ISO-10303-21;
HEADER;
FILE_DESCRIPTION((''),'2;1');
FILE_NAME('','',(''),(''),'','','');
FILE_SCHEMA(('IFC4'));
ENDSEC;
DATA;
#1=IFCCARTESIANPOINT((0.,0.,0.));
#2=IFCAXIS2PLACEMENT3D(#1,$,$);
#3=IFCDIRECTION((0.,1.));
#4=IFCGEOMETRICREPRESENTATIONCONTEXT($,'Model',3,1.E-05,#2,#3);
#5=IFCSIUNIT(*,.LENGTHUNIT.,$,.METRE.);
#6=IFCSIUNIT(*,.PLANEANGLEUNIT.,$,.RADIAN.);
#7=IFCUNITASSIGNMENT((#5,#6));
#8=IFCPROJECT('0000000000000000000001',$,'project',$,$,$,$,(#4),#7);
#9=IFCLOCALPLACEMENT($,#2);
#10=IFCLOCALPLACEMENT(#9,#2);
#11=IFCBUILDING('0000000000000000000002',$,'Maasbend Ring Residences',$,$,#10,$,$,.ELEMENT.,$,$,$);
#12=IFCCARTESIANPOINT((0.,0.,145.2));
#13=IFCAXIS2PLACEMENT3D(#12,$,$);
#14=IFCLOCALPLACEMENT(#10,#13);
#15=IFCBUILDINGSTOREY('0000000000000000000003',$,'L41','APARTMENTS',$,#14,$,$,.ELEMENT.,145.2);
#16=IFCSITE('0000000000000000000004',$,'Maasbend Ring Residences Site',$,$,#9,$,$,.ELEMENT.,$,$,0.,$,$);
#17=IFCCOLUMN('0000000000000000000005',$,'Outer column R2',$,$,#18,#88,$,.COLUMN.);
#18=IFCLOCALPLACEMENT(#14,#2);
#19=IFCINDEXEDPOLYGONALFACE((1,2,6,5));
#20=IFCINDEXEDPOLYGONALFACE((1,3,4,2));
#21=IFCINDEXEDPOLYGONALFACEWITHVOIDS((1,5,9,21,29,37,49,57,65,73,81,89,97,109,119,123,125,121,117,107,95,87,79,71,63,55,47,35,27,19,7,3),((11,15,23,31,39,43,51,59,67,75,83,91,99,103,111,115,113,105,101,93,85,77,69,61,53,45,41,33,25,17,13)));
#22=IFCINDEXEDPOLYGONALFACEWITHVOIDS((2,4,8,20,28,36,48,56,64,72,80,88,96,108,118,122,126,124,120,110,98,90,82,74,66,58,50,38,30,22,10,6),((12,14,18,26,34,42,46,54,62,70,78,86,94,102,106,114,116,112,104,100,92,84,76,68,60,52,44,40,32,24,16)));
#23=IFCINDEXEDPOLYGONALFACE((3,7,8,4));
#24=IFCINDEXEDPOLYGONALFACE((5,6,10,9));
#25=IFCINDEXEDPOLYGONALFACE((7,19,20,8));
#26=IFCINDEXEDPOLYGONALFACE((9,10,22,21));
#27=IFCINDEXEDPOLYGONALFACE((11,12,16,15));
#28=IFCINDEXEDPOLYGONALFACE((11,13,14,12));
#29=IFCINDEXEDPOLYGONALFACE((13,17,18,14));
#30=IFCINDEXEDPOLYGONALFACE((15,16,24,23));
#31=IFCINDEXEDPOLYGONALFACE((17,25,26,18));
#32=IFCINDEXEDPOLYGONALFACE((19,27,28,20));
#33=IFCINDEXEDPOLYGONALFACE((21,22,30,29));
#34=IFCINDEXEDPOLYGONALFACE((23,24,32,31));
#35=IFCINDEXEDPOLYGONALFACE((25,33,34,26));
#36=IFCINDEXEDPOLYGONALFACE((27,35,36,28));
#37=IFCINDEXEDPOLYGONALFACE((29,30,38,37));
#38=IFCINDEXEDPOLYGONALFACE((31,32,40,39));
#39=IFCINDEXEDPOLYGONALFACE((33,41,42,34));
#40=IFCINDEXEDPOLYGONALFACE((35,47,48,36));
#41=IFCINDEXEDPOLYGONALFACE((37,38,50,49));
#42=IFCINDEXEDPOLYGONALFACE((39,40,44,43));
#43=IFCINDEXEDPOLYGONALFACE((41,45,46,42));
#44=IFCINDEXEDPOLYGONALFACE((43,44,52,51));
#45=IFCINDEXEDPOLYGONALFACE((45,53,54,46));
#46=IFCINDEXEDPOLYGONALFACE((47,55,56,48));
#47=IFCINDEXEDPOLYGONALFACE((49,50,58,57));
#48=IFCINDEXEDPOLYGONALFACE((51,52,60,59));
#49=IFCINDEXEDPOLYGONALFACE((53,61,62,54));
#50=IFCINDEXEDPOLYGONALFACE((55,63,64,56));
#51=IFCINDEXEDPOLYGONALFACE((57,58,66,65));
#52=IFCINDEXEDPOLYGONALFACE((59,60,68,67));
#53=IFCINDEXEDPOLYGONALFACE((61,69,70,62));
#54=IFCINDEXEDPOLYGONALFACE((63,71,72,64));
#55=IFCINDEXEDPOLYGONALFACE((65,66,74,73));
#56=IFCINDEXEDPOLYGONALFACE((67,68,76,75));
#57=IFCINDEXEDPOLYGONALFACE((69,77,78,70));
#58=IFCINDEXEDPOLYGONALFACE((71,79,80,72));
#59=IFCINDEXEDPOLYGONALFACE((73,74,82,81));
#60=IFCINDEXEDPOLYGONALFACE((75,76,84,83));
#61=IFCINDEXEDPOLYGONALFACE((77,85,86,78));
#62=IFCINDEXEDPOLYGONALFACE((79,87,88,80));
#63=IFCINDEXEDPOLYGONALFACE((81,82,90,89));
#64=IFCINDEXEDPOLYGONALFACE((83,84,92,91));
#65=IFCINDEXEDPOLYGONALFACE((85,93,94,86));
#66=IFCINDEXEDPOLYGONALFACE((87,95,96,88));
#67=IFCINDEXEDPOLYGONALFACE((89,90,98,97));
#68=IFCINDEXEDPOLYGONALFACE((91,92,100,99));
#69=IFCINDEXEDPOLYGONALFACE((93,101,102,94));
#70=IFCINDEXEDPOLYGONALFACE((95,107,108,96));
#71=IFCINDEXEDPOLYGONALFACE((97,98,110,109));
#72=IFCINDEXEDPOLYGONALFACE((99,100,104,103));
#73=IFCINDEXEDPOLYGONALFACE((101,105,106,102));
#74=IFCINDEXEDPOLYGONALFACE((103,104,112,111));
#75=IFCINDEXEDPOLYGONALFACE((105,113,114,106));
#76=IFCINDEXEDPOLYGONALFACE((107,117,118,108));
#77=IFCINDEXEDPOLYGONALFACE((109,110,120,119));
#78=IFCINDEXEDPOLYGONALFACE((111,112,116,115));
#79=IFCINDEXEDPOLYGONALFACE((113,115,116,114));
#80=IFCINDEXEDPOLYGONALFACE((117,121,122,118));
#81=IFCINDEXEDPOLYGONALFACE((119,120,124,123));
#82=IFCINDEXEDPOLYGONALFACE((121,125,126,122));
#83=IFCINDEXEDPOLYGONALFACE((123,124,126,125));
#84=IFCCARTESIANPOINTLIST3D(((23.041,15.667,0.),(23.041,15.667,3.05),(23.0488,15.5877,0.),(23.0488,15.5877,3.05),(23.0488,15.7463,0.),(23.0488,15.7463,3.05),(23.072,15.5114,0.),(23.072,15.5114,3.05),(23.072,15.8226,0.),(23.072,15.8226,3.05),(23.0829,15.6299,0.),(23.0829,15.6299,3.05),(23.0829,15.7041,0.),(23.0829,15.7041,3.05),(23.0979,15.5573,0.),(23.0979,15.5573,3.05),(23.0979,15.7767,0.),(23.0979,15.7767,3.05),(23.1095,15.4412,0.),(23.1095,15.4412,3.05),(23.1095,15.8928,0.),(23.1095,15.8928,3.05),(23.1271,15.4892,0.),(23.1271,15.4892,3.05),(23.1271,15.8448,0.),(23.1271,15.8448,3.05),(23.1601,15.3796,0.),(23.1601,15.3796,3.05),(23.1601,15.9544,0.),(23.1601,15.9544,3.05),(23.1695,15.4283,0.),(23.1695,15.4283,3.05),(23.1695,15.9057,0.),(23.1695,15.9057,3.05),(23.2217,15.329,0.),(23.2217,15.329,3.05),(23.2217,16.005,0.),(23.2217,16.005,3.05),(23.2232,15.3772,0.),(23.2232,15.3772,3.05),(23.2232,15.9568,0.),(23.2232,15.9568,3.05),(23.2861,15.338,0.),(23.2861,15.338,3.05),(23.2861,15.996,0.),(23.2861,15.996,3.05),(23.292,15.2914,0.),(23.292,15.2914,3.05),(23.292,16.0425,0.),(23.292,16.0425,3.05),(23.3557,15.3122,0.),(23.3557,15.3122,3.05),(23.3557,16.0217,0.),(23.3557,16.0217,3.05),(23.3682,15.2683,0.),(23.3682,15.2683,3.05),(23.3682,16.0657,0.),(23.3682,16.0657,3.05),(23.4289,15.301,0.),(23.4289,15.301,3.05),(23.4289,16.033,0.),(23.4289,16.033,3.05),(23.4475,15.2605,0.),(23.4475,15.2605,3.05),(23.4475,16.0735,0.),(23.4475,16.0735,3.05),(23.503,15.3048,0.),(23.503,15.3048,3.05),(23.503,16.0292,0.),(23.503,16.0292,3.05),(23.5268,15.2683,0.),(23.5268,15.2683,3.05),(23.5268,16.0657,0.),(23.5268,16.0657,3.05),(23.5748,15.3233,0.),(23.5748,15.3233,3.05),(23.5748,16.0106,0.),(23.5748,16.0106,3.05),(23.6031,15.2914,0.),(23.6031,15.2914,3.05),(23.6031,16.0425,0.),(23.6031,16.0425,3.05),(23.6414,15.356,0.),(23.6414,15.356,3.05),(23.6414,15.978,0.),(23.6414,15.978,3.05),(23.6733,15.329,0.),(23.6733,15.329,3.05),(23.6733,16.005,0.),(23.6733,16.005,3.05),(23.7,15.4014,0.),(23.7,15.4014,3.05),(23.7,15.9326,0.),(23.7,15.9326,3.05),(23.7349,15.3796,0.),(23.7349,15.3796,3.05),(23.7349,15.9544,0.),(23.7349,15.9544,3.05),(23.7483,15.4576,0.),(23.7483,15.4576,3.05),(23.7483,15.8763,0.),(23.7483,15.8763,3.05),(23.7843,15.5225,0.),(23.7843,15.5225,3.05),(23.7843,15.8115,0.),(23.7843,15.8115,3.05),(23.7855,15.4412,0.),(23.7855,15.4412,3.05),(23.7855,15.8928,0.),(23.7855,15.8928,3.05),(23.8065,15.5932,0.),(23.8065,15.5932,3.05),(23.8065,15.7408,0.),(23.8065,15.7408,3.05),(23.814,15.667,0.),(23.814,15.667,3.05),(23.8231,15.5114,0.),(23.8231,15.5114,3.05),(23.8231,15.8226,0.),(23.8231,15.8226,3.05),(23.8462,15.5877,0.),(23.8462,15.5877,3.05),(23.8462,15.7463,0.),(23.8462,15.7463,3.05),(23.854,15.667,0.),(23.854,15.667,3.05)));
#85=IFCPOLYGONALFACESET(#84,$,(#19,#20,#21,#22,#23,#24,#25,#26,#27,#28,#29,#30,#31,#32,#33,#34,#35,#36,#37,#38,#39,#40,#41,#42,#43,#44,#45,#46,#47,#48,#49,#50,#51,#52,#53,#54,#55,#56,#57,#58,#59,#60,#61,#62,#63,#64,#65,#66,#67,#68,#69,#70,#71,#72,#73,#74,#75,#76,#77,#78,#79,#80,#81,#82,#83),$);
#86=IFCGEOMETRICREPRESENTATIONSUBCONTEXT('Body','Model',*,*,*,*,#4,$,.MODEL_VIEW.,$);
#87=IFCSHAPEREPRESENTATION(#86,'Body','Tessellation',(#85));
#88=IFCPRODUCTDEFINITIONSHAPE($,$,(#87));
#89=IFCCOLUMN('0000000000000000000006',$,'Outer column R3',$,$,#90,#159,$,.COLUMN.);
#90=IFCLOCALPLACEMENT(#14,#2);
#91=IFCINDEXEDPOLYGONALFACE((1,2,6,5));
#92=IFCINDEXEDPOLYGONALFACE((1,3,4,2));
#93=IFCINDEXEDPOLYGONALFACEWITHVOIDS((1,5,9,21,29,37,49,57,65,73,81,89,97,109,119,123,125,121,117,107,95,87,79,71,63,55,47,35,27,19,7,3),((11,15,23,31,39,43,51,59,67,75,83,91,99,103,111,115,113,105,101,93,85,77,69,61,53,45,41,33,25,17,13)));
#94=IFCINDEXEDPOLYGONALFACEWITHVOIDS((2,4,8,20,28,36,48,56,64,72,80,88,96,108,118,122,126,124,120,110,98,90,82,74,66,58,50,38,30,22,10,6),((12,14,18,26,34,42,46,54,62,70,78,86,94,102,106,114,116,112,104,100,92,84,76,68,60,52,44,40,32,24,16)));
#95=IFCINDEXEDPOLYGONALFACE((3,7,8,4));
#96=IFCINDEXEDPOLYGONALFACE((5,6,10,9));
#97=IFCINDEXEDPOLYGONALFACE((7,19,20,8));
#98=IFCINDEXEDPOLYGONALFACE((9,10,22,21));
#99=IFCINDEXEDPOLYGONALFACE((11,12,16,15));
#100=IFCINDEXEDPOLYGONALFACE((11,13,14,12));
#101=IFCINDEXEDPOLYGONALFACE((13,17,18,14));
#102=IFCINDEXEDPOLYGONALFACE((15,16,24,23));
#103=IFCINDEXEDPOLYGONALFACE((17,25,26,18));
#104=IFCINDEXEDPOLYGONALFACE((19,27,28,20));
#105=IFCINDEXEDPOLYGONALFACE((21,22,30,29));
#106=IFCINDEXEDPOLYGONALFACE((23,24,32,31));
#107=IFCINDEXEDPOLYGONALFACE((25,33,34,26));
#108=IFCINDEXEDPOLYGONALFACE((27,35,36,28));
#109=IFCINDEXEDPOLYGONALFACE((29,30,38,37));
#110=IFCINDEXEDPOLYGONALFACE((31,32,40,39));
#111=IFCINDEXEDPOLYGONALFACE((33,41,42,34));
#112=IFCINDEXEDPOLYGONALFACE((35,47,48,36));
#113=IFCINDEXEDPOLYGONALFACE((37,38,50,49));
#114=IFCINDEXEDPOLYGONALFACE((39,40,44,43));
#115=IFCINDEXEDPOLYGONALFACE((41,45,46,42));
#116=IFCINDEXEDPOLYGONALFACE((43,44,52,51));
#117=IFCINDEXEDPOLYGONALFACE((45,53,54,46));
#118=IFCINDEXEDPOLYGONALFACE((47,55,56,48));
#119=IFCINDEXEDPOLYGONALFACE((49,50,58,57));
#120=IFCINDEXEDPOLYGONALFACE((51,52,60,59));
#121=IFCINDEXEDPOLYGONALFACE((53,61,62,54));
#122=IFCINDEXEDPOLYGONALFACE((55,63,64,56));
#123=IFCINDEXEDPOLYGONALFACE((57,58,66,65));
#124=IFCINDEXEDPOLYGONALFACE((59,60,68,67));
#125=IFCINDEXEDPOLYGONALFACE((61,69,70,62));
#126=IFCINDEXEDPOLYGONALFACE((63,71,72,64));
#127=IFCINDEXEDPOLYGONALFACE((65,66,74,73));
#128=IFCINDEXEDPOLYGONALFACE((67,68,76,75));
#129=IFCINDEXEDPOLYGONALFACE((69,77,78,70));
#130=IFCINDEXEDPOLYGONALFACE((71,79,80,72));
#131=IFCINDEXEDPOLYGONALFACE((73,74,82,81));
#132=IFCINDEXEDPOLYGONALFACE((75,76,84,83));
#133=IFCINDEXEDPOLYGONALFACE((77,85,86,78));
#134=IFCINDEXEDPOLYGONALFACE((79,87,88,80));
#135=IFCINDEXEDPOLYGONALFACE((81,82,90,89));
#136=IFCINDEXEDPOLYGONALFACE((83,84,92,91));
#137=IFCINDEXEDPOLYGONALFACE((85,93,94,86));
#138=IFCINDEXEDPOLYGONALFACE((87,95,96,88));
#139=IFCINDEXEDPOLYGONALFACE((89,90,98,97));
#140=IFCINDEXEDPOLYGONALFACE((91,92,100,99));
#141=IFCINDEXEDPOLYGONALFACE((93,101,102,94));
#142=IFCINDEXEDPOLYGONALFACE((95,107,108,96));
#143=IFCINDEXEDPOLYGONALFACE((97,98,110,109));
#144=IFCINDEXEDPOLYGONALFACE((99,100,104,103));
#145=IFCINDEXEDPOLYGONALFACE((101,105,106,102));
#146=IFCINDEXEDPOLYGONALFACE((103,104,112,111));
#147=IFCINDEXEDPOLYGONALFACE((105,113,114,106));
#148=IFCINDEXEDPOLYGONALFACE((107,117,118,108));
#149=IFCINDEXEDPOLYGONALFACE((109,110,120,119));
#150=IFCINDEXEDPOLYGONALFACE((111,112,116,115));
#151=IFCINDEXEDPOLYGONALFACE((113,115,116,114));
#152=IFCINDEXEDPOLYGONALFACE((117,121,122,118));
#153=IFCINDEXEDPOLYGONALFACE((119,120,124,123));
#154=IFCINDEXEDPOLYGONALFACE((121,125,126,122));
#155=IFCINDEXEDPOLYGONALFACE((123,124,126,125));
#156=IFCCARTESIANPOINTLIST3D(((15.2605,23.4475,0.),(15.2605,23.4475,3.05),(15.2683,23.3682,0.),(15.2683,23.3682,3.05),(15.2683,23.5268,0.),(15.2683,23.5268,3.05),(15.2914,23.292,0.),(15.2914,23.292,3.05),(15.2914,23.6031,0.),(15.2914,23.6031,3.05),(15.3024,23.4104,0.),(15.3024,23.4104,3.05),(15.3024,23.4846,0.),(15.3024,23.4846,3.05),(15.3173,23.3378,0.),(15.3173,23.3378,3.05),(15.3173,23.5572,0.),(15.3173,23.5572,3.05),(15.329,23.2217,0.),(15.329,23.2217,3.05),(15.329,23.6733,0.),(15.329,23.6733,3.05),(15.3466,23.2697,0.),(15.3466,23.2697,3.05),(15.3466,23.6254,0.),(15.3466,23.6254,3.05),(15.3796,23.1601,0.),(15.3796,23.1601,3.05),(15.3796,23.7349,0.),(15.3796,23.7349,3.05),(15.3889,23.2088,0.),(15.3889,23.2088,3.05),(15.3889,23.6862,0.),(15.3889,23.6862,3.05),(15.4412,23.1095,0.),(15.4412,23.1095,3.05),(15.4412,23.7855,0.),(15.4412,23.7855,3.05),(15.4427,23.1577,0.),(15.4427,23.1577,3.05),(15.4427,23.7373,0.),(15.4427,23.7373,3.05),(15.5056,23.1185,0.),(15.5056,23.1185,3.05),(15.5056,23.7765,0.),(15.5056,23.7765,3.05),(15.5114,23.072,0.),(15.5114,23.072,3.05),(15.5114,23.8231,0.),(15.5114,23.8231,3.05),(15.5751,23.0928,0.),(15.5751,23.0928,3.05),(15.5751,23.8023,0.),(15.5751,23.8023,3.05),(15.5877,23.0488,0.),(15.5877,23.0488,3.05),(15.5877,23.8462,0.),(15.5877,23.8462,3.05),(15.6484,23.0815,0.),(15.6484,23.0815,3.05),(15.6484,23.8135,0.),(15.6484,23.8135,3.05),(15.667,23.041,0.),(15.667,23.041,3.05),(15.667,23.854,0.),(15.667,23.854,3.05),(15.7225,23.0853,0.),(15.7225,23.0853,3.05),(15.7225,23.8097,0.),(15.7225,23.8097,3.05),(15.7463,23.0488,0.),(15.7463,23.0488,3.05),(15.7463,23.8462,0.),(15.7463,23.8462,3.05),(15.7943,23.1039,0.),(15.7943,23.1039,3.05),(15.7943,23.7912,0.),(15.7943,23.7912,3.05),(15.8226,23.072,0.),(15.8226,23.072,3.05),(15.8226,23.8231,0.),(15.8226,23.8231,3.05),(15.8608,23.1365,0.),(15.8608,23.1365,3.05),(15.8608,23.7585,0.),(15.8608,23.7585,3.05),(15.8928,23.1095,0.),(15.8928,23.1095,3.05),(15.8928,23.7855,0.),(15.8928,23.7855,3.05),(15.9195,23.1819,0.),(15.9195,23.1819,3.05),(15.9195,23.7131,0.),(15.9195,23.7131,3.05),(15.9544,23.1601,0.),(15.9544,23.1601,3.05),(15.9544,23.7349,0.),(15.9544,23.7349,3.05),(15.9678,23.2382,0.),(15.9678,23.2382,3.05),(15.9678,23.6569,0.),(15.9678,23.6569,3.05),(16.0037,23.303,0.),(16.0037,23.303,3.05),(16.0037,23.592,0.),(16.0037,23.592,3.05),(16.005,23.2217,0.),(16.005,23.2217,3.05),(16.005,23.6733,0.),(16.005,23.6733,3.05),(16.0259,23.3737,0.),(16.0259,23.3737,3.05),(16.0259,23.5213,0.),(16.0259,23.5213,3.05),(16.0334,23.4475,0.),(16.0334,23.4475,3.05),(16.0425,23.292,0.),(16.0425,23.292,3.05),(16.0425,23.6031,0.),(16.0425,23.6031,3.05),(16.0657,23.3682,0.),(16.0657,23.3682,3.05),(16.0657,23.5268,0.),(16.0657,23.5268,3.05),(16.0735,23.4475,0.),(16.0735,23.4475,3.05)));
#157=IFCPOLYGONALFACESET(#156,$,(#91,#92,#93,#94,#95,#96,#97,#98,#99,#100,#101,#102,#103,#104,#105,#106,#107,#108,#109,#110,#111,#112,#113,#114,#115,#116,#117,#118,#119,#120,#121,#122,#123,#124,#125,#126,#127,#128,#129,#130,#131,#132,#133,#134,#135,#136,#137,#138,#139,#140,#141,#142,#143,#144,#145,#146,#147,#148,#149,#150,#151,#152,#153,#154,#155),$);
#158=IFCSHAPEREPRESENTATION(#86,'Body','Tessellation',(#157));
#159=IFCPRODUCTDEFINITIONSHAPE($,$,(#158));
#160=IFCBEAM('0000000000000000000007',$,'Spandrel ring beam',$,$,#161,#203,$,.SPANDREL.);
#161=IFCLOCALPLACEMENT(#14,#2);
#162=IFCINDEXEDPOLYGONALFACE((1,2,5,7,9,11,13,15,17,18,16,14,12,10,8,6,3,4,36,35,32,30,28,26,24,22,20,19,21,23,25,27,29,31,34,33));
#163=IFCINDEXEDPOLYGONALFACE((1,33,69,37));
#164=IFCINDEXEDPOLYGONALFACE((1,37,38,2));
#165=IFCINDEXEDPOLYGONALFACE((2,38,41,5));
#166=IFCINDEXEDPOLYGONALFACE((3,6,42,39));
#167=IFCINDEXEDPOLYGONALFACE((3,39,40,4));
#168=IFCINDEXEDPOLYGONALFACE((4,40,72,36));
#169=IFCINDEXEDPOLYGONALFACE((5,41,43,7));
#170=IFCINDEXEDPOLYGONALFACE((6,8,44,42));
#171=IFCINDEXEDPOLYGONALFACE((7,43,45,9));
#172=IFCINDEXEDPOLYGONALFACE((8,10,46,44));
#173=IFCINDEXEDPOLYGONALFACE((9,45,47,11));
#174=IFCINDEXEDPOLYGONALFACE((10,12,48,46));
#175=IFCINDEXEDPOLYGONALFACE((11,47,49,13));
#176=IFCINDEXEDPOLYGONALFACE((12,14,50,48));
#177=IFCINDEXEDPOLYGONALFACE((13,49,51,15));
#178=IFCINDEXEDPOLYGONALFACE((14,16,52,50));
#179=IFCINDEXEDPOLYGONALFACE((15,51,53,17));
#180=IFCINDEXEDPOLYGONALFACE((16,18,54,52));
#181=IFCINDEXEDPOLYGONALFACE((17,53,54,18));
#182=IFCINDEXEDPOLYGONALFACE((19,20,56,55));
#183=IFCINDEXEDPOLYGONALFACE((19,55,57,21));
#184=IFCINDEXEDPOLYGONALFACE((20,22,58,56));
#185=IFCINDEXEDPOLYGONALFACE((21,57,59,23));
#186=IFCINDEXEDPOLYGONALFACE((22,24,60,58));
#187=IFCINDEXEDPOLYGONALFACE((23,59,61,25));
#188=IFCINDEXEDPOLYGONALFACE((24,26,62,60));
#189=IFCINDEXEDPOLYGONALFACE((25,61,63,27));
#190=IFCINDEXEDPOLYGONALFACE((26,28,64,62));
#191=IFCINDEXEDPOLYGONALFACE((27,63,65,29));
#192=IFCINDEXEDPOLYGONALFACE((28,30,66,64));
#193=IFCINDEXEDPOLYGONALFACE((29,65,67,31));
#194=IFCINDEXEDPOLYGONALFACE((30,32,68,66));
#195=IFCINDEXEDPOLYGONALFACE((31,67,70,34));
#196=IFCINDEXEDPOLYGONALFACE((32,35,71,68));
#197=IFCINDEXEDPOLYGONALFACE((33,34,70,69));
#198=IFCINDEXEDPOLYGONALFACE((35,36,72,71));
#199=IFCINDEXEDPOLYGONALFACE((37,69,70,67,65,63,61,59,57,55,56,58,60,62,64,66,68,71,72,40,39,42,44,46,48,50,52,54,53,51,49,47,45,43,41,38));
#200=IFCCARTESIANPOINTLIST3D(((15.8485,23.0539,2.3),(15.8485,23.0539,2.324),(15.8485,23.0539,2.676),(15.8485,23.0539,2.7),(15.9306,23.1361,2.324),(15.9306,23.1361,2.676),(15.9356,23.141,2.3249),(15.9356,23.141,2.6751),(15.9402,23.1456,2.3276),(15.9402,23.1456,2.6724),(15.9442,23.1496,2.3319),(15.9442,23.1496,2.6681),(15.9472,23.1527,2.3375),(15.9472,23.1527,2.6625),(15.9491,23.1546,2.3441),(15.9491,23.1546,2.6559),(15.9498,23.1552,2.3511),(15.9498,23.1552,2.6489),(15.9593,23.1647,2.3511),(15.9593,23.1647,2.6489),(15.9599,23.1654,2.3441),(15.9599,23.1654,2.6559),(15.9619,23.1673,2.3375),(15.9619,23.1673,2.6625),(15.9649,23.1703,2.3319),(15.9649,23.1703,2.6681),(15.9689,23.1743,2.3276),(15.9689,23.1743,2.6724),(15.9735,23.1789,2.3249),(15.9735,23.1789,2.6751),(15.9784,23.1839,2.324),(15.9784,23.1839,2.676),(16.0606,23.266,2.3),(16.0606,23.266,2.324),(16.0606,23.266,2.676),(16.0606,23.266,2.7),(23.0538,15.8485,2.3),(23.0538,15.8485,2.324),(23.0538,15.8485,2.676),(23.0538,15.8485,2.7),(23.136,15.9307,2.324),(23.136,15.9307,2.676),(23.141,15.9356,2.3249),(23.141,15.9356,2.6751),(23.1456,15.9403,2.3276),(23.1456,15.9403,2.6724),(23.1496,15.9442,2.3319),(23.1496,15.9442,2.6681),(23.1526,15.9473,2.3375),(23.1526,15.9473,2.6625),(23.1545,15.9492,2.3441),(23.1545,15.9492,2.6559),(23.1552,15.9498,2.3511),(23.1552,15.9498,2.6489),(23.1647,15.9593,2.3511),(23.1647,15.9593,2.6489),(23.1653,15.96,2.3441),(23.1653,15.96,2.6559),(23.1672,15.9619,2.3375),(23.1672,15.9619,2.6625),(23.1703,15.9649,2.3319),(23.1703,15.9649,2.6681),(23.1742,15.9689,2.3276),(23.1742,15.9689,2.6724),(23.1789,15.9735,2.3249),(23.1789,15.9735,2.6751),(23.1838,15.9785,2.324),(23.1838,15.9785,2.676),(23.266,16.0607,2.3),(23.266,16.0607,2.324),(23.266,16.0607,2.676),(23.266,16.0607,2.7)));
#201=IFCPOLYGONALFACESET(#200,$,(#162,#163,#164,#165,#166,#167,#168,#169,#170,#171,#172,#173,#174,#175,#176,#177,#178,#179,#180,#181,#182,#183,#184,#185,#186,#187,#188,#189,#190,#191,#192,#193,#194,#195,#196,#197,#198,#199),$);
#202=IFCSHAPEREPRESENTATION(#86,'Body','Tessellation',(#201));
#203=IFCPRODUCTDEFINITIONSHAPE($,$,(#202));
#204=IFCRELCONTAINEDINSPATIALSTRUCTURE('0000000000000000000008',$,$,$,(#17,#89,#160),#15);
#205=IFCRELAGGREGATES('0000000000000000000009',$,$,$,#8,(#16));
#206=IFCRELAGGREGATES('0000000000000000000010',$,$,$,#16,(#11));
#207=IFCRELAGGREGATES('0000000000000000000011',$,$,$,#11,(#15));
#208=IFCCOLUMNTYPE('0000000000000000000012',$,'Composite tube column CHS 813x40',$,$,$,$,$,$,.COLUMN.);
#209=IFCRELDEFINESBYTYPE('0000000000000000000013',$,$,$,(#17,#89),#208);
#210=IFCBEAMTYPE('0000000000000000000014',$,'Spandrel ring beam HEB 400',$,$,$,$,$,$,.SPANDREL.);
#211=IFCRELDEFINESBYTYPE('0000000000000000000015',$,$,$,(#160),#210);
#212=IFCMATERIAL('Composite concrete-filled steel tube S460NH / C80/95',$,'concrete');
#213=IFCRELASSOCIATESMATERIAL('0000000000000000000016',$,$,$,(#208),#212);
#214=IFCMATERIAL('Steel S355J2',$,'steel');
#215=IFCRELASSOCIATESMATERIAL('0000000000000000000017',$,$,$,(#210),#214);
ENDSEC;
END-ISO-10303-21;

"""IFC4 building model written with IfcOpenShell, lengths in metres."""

from ifc_helpers import new_model, si_unit, direction, frame, origin, origin_2d, place, context, subcontext, project, spatial, hollow_circle, i_section, extrude, material, material_profile, profile_set, type_object, element, save


model = new_model("IFC4")

# Units and contexts
model_context = context("Model", 3, precision=1e-05, world=origin(), true_north=direction((0.0, 1.0)))
body_context = subcontext(model_context, "Body", "Model", "MODEL_VIEW")
ifc_project = project(units=[si_unit("LENGTHUNIT", "METRE"), si_unit("PLANEANGLEUNIT", "RADIAN")], contexts=[model_context])

# Site, building, storey
site_placement = place(None, origin())
site = spatial("IfcSite", under=ifc_project, at=site_placement, Name="Maasbend Ring Residences Site", CompositionType="ELEMENT", RefElevation=0.0)
building_placement = place(site_placement, origin())
building = spatial("IfcBuilding", under=site, at=building_placement, Name="Maasbend Ring Residences", CompositionType="ELEMENT")
storey_placement = place(building_placement, frame((0.0, 0.0, 145.2)))
storey = spatial("IfcBuildingStorey", under=building, at=storey_placement, Name="L41", Description="APARTMENTS", CompositionType="ELEMENT", Elevation=145.2)

# Columns
ifc_material_1 = material(Name="Composite concrete-filled steel tube S460NH / C80/95", Category="concrete")
ifc_material_profile_1 = material_profile(ifc_material_1, hollow_circle(Radius=0.4065, WallThickness=0.04, at=origin_2d()), Name="Composite tube column CHS 813x40")
ifc_profile_set_1 = profile_set([ifc_material_profile_1], Name="Composite concrete-filled steel tube S460NH / C80/95")
column_type = type_object("IfcColumnType", Name="Composite tube column CHS 813x40", PredefinedType="COLUMN", material=ifc_profile_set_1)
for number, where, z_axis, x_axis, name in (
    (1, (23.4475, 15.667, 0.0), (0.0, 0.0, 1.0), (1.0, 0.0, 0.0), "Outer column R2"),
    (2, (15.667, 23.4475, 0.0), (0.0, 0.0, 1.0), (1.0, 0.0, 0.0), "Outer column R3"),
):
    element("IfcColumn", number, at=place(storey_placement, frame(where, z_axis=z_axis, x_axis=x_axis)), inside=storey, type_object=column_type, Name=name, PredefinedType="COLUMN", context=body_context, shape_type="SweptSolid", body=[
        extrude(hollow_circle(Radius=0.4065, WallThickness=0.04, at=origin_2d()), origin(), (0.0, 0.0, 1.0), 3.05),
    ])

# Beam
ifc_material_2 = material(Name="Steel S355J2", Category="steel")
ifc_material_profile_2 = material_profile(ifc_material_2, i_section(OverallWidth=0.3, OverallDepth=0.3999, WebThickness=0.0134, FlangeThickness=0.0239, FilletRadius=0.0271, at=origin_2d()), Name="HEB 400")
ifc_profile_set_2 = profile_set([ifc_material_profile_2], Name="Steel S355J2")
beam_type = type_object("IfcBeamType", Name="Spandrel ring beam HEB 400", PredefinedType="SPANDREL", material=ifc_profile_set_2)
beam_placement = place(storey_placement, frame((23.1599, 15.9546, 2.5), z_axis=(-0.707107, 0.707107, 0.0), x_axis=(-0.707107, -0.707107, 0.0)))
element("IfcBeam", 3, at=beam_placement, inside=storey, type_object=beam_type, Name="Spandrel ring beam", PredefinedType="SPANDREL", context=body_context, shape_type="SweptSolid", body=[
    extrude(i_section(OverallWidth=0.3, OverallDepth=0.3999, WebThickness=0.0134, FlangeThickness=0.0239, FilletRadius=0.0271, at=origin_2d()), origin(), (0.0, 0.0, 1.0), 10.1899),
])

save(model, "model.ifc")
